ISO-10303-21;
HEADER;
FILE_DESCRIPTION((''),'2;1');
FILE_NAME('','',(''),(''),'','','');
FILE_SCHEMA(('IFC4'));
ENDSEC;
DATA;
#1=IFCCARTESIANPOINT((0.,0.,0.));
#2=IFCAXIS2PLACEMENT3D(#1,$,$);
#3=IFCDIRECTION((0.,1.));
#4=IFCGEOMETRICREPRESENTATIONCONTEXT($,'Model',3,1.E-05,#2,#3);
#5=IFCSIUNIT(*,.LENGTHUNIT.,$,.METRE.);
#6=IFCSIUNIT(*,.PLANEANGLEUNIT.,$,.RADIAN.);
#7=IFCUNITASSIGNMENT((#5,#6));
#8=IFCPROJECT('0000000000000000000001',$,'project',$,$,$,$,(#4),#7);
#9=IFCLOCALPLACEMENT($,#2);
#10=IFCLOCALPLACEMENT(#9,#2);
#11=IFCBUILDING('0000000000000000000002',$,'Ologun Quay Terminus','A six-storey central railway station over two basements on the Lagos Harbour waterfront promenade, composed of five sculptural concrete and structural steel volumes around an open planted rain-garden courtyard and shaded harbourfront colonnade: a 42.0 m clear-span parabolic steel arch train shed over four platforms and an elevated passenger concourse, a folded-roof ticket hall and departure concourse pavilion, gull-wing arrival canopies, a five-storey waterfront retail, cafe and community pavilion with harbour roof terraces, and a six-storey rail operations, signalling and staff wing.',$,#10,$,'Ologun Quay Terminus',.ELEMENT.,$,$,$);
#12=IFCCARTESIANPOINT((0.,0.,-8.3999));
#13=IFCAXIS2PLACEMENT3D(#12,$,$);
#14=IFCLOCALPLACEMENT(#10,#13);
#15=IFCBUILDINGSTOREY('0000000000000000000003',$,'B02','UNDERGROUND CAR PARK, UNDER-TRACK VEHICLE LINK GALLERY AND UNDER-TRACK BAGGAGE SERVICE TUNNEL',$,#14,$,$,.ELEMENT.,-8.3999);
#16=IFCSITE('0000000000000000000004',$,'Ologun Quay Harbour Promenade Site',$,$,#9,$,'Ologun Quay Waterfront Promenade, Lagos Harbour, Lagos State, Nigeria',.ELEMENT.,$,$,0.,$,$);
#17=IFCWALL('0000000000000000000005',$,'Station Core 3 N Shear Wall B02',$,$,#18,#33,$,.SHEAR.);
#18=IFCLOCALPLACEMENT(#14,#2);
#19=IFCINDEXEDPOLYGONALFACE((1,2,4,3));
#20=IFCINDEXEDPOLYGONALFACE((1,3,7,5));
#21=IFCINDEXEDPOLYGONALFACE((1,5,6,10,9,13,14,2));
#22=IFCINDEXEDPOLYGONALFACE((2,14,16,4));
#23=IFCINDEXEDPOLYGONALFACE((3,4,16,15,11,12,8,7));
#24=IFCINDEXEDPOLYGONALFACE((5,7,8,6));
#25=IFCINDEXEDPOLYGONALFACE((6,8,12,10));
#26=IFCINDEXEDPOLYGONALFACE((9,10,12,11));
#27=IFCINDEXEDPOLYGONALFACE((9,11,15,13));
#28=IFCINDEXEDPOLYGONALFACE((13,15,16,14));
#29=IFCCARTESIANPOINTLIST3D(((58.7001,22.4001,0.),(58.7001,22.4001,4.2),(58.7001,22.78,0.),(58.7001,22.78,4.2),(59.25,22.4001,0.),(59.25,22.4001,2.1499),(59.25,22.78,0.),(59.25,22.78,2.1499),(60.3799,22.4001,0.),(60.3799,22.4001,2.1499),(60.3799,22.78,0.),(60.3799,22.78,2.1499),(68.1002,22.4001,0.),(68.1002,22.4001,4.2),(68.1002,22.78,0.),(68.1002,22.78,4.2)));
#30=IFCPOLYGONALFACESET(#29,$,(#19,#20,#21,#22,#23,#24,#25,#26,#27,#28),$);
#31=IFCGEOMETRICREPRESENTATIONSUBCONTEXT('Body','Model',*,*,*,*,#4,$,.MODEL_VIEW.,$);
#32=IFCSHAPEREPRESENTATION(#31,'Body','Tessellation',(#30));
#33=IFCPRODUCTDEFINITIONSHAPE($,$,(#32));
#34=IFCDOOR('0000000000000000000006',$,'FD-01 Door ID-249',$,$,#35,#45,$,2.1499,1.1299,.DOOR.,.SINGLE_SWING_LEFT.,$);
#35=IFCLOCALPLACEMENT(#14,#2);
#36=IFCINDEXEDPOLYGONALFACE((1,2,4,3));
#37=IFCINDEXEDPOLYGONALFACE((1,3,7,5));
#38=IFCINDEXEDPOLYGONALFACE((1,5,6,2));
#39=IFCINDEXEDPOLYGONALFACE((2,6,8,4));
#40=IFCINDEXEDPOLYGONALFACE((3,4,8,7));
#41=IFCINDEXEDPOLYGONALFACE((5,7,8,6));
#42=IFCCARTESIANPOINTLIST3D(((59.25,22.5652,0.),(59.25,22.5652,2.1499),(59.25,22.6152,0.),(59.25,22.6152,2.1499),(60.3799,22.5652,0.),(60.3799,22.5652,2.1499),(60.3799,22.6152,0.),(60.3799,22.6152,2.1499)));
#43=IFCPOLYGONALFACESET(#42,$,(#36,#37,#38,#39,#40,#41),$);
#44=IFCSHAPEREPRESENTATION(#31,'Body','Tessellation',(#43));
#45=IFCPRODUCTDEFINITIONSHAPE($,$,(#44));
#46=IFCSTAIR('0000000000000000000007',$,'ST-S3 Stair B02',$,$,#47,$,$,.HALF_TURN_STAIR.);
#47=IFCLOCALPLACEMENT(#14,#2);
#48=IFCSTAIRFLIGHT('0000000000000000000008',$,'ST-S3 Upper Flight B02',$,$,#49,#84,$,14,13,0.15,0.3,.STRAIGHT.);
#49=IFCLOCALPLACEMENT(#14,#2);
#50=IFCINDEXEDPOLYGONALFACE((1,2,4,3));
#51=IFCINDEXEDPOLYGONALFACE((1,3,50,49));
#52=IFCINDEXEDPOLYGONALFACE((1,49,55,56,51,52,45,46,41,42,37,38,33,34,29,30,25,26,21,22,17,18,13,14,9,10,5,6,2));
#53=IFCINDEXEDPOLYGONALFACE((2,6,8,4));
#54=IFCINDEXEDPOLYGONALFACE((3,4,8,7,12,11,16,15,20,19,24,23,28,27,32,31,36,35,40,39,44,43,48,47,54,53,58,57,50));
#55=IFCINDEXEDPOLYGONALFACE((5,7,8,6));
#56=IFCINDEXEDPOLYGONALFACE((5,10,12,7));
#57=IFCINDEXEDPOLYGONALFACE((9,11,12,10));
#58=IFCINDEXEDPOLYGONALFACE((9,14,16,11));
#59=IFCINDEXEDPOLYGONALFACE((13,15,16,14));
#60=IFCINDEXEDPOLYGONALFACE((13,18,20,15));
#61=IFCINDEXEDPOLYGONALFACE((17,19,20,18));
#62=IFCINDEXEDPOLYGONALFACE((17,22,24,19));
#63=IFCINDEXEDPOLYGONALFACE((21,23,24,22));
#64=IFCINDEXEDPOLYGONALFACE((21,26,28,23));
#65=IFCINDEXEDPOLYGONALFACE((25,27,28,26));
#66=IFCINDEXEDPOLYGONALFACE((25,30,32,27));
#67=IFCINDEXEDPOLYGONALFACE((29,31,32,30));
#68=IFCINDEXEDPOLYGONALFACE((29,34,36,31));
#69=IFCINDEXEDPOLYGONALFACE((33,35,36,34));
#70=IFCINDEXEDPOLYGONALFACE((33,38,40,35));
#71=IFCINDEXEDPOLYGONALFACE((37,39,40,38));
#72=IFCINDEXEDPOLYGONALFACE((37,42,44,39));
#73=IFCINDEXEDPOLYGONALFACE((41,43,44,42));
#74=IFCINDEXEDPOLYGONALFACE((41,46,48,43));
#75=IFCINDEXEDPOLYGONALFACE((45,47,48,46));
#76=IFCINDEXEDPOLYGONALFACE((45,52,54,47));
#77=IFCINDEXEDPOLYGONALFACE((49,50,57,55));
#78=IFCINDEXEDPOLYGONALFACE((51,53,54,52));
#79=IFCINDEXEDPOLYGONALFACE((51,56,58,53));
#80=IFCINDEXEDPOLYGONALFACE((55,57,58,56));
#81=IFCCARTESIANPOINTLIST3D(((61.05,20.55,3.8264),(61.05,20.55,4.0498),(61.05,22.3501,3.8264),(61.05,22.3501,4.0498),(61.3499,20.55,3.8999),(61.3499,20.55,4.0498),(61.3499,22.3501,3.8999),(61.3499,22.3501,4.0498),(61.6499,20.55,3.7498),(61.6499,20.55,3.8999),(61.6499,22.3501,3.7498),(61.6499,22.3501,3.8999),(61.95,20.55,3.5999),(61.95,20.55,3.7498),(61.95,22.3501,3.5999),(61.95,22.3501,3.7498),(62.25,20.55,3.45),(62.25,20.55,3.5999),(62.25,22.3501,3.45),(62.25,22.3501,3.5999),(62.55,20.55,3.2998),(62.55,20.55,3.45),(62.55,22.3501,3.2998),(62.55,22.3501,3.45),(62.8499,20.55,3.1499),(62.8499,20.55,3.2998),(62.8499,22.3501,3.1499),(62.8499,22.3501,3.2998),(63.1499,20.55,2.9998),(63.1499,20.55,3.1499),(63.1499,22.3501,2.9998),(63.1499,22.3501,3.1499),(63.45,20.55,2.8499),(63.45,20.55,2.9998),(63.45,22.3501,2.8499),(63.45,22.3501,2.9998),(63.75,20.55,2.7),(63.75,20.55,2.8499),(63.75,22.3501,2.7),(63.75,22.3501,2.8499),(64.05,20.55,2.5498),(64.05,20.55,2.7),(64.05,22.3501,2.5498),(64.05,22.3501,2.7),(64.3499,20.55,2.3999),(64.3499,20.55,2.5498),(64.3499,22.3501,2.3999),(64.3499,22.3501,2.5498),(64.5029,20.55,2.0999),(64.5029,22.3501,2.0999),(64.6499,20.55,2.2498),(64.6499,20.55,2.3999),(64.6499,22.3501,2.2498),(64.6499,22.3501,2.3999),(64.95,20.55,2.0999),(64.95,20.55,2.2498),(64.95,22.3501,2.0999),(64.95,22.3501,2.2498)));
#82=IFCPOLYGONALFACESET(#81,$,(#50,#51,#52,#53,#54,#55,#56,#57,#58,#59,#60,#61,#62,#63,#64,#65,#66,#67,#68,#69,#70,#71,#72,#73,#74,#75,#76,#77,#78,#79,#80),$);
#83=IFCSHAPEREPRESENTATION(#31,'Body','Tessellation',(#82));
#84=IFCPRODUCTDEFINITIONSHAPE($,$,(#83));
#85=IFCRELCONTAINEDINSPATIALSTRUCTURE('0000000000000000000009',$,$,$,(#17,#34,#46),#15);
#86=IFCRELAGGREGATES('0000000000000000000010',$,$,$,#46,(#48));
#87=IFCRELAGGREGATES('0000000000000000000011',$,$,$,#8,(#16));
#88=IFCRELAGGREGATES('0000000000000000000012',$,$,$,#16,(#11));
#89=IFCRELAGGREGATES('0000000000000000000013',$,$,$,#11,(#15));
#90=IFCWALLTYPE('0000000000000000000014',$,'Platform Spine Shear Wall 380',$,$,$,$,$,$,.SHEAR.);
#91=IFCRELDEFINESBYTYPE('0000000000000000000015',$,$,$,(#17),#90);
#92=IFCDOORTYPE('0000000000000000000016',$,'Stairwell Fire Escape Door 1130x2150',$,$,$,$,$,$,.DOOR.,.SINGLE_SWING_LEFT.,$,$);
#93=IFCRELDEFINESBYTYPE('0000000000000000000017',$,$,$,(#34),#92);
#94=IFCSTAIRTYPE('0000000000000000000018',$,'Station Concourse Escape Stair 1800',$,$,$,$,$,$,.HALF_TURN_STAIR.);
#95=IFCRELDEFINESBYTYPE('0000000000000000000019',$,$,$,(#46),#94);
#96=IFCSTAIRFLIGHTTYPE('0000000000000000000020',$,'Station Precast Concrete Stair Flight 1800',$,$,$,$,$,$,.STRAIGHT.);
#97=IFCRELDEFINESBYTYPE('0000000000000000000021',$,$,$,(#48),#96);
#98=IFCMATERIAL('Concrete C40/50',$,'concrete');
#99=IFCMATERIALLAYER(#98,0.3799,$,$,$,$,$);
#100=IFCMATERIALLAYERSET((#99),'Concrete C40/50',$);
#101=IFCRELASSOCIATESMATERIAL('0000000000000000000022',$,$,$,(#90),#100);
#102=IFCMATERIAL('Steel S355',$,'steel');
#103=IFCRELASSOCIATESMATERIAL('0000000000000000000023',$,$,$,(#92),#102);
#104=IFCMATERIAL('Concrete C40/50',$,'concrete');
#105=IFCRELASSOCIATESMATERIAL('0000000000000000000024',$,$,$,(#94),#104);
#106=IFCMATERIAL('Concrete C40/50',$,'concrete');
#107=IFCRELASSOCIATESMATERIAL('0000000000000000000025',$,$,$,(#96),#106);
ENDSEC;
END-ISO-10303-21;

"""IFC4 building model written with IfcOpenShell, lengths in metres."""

from ifc_helpers import new_model, si_unit, direction, frame, frame_2d, origin, place, context, subcontext, project, spatial, polyline, rectangle, outline, extrude, material, layer, layer_set, type_object, element, fill, aggregate, save


model = new_model("IFC4")

# Units and contexts
model_context = context("Model", 3, precision=1e-05, world=origin(), true_north=direction((0.0, 1.0)))
body_context = subcontext(model_context, "Body", "Model", "MODEL_VIEW")
ifc_project = project(units=[si_unit("LENGTHUNIT", "METRE"), si_unit("PLANEANGLEUNIT", "RADIAN")], contexts=[model_context])

# Site, building, storey
site_placement = place(None, origin())
site = spatial("IfcSite", under=ifc_project, at=site_placement, Name="Ologun Quay Harbour Promenade Site", LongName="Ologun Quay Waterfront Promenade, Lagos Harbour, Lagos State, Nigeria", CompositionType="ELEMENT", RefElevation=0.0)
building_placement = place(site_placement, origin())
building = spatial("IfcBuilding", under=site, at=building_placement, Name="Ologun Quay Terminus", Description="A six-storey central railway station over two basements on the Lagos Harbour waterfront promenade, composed of five sculptural concrete and structural steel volumes around an open planted rain-garden courtyard and shaded harbourfront colonnade: a 42.0 m clear-span parabolic steel arch train shed over four platforms and an elevated passenger concourse, a folded-roof ticket hall and departure concourse pavilion, gull-wing arrival canopies, a five-storey waterfront retail, cafe and community pavilion with harbour roof terraces, and a six-storey rail operations, signalling and staff wing.", LongName="Ologun Quay Terminus", CompositionType="ELEMENT")
storey_placement = place(building_placement, frame((0.0, 0.0, -8.3999)))
storey = spatial("IfcBuildingStorey", under=building, at=storey_placement, Name="B02", Description="UNDERGROUND CAR PARK, UNDER-TRACK VEHICLE LINK GALLERY AND UNDER-TRACK BAGGAGE SERVICE TUNNEL", CompositionType="ELEMENT", Elevation=-8.3999)

# Wall, opening, door
ifc_material_1 = material(Name="Concrete C40/50", Category="concrete")
ifc_layer_1 = layer(ifc_material_1, 0.3799)
ifc_layer_set_1 = layer_set([ifc_layer_1], Name="Concrete C40/50")
wall_type_1 = type_object("IfcWallType", Name="Platform Spine Shear Wall 380", PredefinedType="SHEAR", material=ifc_layer_set_1)
wall_1_placement = place(storey_placement, frame((58.7, 22.5901, 0.0), z_axis=(0.0, 0.0, 1.0), x_axis=(1.0, 0.0, 0.0)))
wall_1 = element("IfcWall", 1, at=wall_1_placement, inside=storey, type_object=wall_type_1, Name="Station Core 3 N Shear Wall B02", PredefinedType="SHEAR", context=body_context, shape_type="SweptSolid", body=[
    extrude(rectangle(XDim=9.4001, YDim=0.3799, at=frame_2d((4.7002, 0.0))), origin(), (0.0, 0.0, 1.0), 4.2),
])
opening_1_placement = place(wall_1_placement, frame((0.55, 0.0, 0.0)))
opening_1 = element("IfcOpeningElement", 2, at=opening_1_placement, cuts=wall_1, PredefinedType="OPENING", context=body_context, shape_type="SweptSolid", body=[
    extrude(rectangle(XDim=1.1299, YDim=2.1499, at=frame_2d((0.5649, 1.075))), frame((0.0, 0.2, 0.0), z_axis=(0.0, -1.0, 0.0), x_axis=(1.0, 0.0, 0.0)), (0.0, 0.0, 1.0), 0.3999),
])
ifc_material_2 = material(Name="Steel S355", Category="steel")
door_type_1 = type_object("IfcDoorType", Name="Stairwell Fire Escape Door 1130x2150", OperationType="SINGLE_SWING_LEFT", PredefinedType="DOOR", material=ifc_material_2)
door_1_placement = place(opening_1_placement, frame((0.5649, 0.0, 0.0), z_axis=(0.0, 0.0, 1.0), x_axis=(-1.0, 0.0, 0.0)))
door_1 = element("IfcDoor", 3, at=door_1_placement, inside=storey, type_object=door_type_1, Name="FD-01 Door ID-249", OperationType="SINGLE_SWING_LEFT", OverallHeight=2.1499, OverallWidth=1.1299, PredefinedType="DOOR", context=body_context, shape_type="SweptSolid", body=[
    extrude(rectangle(XDim=1.1299, YDim=2.1499, at=frame_2d((0.0, 1.075))), frame((0.0, 0.0249, 0.0), z_axis=(0.0, -1.0, 0.0), x_axis=(1.0, 0.0, 0.0)), (0.0, 0.0, 1.0), 0.05),
])
fill(opening_1, door_1)

# Stair, stair flight
ifc_material_3 = material(Name="Concrete C40/50", Category="concrete")
stair_type = type_object("IfcStairType", Name="Station Concourse Escape Stair 1800", PredefinedType="HALF_TURN_STAIR", material=ifc_material_3)
stair_placement = place(storey_placement, origin())
stair = element("IfcStair", 4, at=stair_placement, inside=storey, type_object=stair_type, Name="ST-S3 Stair B02", PredefinedType="HALF_TURN_STAIR")
ifc_material_4 = material(Name="Concrete C40/50", Category="concrete")
stair_flight_type = type_object("IfcStairFlightType", Name="Station Precast Concrete Stair Flight 1800", PredefinedType="STRAIGHT", material=ifc_material_4)
stair_flight_placement = place(storey_placement, frame((64.95, 21.45, 2.0999), z_axis=(0.0, 0.0, 1.0), x_axis=(-1.0, 0.0, 0.0)))
stair_flight = element("IfcStairFlight", 5, at=stair_flight_placement, type_object=stair_flight_type, Name="ST-S3 Upper Flight B02", NumberOfRisers=14, NumberOfTreads=13, PredefinedType="STRAIGHT", RiserHeight=0.15, TreadLength=0.3, context=body_context, shape_type="SweptSolid", body=[
    extrude(outline(polyline([(0.0, 0.0), (0.0, 0.1499), (0.3, 0.1499), (0.3, 0.3), (0.6001, 0.3), (0.6001, 0.45), (0.8999, 0.45), (0.8999, 0.6001), (1.2, 0.6001), (1.2, 0.75), (1.5, 0.75), (1.5, 0.8999), (1.8, 0.8999), (1.8, 1.05), (2.1001, 1.05), (2.1001, 1.2), (2.3999, 1.2), (2.3999, 1.3501), (2.7, 1.3501), (2.7, 1.5), (3.0, 1.5), (3.0, 1.6499), (3.3, 1.6499), (3.3, 1.8), (3.6001, 1.8), (3.6001, 1.95), (3.8999, 1.95), (3.8999, 2.1001), (3.8999, 1.7266), (0.447, 0.0), (0.0, 0.0)])), frame((0.0, 0.8999, 0.0), z_axis=(0.0, -1.0, 0.0), x_axis=(1.0, 0.0, 0.0)), (0.0, 0.0, 1.0), 1.8),
])
aggregate(stair, [stair_flight])

save(model, "model.ifc")
